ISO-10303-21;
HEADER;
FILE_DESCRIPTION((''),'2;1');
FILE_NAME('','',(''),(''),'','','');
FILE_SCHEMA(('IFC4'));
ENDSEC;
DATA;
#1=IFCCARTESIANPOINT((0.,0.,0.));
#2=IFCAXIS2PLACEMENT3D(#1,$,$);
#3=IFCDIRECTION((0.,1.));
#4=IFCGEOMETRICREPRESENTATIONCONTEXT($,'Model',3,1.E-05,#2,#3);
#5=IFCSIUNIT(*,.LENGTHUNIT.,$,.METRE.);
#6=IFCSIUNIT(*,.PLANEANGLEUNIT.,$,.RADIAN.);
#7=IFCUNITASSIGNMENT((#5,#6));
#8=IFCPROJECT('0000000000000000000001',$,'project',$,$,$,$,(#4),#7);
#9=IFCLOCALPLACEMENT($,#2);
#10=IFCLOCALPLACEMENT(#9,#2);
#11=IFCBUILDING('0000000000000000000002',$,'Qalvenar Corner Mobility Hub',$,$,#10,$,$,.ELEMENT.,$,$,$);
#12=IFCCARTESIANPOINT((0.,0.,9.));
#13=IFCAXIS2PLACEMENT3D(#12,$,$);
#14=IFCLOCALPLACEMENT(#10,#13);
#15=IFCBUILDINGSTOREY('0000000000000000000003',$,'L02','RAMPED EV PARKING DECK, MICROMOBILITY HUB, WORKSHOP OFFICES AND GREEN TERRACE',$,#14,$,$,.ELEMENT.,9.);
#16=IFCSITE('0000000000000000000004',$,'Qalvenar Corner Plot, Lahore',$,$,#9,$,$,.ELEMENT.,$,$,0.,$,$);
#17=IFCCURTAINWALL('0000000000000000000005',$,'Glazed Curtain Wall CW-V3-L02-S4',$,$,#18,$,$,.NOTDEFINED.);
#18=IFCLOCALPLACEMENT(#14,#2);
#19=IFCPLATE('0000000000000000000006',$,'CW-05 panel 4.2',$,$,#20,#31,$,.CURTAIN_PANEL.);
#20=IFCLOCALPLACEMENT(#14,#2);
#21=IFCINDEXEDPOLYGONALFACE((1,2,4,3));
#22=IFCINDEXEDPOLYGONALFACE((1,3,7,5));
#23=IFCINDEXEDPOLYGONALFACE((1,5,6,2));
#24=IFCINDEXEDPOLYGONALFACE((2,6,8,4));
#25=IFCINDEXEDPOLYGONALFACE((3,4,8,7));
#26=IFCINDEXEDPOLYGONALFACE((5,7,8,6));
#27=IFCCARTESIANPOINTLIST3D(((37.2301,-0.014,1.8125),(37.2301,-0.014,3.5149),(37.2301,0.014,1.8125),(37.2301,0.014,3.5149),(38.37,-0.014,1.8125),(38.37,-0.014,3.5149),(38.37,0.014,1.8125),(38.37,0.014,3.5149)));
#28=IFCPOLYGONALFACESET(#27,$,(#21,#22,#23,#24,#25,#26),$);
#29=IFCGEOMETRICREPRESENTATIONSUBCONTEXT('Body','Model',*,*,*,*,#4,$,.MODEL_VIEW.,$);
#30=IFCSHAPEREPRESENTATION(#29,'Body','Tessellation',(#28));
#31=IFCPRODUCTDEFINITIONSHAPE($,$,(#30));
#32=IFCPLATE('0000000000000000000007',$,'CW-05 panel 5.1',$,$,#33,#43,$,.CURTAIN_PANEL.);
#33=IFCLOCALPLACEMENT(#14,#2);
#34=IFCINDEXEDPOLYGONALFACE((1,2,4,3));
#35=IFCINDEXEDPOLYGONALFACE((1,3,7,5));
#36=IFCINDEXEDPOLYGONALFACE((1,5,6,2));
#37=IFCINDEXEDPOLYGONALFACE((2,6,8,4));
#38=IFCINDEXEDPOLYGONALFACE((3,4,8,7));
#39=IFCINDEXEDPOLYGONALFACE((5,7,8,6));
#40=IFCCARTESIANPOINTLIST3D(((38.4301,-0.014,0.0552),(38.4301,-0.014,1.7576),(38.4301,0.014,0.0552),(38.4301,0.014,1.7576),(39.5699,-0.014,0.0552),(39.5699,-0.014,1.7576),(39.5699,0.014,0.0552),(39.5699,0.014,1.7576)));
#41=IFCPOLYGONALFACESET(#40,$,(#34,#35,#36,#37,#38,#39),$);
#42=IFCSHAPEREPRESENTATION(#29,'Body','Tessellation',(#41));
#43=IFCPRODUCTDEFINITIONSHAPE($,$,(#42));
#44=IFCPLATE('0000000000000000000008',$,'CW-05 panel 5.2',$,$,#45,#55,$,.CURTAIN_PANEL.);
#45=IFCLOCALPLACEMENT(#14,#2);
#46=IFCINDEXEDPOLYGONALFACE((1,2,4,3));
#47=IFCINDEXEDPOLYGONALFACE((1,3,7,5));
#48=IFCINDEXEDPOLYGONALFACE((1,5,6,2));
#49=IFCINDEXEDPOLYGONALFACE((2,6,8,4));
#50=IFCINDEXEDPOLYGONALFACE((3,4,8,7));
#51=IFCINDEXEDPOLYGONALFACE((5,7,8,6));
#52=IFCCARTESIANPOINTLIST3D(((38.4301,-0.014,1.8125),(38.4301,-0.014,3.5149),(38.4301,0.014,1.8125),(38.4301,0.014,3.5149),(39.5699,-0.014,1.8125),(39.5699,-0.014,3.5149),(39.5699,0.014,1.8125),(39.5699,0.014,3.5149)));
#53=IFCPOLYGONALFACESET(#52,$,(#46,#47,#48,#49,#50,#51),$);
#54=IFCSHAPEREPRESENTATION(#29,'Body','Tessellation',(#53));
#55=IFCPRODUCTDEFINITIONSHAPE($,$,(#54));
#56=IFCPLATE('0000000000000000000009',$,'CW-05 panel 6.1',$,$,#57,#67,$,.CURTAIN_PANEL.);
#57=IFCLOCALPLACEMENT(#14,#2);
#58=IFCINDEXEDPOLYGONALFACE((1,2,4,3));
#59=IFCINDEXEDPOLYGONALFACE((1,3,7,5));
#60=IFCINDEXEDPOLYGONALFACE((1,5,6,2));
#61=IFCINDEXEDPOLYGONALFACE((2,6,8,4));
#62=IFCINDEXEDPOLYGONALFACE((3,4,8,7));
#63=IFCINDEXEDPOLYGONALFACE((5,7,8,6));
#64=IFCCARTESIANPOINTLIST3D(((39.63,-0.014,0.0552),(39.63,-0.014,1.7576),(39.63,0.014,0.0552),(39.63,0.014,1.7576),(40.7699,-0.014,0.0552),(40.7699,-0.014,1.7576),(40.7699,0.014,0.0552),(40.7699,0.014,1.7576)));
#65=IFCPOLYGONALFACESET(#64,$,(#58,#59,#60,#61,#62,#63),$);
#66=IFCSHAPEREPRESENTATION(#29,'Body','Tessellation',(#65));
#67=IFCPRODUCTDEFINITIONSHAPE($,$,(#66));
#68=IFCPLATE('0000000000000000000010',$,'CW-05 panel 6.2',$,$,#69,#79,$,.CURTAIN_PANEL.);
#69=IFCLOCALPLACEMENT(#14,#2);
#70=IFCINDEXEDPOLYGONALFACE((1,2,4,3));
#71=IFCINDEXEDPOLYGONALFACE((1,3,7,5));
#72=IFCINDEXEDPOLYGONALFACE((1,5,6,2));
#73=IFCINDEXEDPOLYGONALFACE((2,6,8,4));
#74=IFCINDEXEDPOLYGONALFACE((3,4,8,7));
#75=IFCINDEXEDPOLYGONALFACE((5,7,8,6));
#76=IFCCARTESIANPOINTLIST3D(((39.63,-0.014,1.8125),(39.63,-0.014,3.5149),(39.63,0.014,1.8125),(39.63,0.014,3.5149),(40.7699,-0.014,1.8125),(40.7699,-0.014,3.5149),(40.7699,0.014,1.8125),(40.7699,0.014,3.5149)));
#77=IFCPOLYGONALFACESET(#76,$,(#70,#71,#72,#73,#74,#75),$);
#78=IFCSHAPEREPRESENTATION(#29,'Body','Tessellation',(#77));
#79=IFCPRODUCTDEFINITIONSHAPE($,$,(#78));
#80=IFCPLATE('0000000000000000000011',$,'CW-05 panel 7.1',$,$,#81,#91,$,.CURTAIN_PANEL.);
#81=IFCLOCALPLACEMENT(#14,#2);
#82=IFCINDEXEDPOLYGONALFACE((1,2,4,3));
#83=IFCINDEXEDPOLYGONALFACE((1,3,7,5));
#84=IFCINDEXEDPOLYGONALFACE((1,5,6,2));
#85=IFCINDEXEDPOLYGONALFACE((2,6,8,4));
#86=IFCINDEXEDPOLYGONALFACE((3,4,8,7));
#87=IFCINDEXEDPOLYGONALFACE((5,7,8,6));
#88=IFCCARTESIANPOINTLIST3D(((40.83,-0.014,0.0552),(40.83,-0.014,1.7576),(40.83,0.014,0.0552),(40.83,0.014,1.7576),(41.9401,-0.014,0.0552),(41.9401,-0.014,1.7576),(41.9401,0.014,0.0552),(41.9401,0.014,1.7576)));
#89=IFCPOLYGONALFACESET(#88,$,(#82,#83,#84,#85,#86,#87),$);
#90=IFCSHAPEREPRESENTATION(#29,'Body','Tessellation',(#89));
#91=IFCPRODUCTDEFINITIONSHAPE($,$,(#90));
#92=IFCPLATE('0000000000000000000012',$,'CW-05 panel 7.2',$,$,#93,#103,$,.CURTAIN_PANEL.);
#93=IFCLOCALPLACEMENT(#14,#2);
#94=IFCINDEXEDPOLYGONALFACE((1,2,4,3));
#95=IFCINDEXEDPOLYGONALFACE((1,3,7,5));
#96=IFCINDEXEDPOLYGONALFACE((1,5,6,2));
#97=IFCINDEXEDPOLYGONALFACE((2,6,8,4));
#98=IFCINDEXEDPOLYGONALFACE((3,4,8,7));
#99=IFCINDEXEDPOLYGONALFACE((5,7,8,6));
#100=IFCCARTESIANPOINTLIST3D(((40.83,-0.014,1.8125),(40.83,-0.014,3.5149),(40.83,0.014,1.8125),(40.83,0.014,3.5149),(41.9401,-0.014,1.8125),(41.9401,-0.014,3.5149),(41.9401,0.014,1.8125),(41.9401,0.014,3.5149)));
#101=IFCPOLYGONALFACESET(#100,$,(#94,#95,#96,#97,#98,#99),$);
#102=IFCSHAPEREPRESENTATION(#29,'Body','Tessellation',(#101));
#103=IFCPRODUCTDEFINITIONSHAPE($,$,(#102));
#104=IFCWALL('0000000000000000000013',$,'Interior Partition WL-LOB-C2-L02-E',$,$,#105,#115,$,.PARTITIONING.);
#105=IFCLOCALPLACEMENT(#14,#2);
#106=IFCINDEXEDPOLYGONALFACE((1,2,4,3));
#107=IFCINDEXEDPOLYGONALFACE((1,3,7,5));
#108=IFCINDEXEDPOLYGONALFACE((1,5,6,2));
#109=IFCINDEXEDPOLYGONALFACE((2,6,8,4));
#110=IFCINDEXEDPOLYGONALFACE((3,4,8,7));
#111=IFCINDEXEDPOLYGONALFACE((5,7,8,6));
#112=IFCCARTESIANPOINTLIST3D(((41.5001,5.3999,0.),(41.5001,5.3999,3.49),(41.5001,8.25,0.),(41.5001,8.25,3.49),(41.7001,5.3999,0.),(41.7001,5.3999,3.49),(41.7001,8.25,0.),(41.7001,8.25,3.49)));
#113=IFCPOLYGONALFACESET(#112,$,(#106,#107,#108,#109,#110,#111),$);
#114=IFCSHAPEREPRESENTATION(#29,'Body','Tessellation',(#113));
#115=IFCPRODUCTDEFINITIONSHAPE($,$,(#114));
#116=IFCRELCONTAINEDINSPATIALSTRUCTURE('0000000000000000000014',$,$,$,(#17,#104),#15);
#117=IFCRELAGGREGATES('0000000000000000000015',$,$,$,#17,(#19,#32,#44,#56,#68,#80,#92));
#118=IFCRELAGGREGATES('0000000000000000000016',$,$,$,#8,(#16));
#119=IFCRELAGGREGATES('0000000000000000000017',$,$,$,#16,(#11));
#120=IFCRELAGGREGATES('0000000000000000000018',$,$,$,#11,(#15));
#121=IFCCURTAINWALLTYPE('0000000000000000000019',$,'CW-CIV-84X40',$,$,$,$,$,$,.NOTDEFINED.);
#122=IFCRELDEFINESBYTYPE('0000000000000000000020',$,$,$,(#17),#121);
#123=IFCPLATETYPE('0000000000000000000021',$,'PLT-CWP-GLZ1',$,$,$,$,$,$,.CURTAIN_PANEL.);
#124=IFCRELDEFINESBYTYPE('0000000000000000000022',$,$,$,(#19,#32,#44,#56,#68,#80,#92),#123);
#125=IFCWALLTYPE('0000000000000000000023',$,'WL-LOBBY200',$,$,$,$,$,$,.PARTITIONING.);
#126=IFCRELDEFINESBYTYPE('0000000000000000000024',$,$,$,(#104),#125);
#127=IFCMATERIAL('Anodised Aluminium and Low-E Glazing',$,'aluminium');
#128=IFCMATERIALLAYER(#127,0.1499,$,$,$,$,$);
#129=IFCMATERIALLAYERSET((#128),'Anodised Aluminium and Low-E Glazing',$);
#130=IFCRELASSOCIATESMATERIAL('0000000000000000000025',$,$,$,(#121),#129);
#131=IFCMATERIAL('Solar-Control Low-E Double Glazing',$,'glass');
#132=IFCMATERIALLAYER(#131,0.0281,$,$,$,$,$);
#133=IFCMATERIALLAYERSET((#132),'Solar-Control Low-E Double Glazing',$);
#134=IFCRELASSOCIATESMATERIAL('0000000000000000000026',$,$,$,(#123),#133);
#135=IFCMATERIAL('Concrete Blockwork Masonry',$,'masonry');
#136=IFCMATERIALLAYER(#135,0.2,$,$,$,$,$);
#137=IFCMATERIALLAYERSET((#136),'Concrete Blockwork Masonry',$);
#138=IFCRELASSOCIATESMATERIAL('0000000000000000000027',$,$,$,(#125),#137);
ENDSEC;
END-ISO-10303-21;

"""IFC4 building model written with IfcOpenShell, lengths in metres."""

from ifc_helpers import new_model, si_unit, direction, frame, frame_2d, origin, origin_2d, place, context, subcontext, project, spatial, rectangle, extrude, material, layer, layer_set, type_object, element, aggregate, save


model = new_model("IFC4")

# Units and contexts
model_context = context("Model", 3, precision=1e-05, world=origin(), true_north=direction((0.0, 1.0)))
body_context = subcontext(model_context, "Body", "Model", "MODEL_VIEW")
ifc_project = project(units=[si_unit("LENGTHUNIT", "METRE"), si_unit("PLANEANGLEUNIT", "RADIAN")], contexts=[model_context])

# Site, building, storey
site_placement = place(None, origin())
site = spatial("IfcSite", under=ifc_project, at=site_placement, Name="Qalvenar Corner Plot, Lahore", CompositionType="ELEMENT", RefElevation=0.0)
building_placement = place(site_placement, origin())
building = spatial("IfcBuilding", under=site, at=building_placement, Name="Qalvenar Corner Mobility Hub", CompositionType="ELEMENT")
storey_placement = place(building_placement, frame((0.0, 0.0, 9.0)))
storey = spatial("IfcBuildingStorey", under=building, at=storey_placement, Name="L02", Description="RAMPED EV PARKING DECK, MICROMOBILITY HUB, WORKSHOP OFFICES AND GREEN TERRACE", CompositionType="ELEMENT", Elevation=9.0)

# Curtain wall, plates
ifc_material_1 = material(Name="Anodised Aluminium and Low-E Glazing", Category="aluminium")
ifc_layer_1 = layer(ifc_material_1, 0.1499)
ifc_layer_set_1 = layer_set([ifc_layer_1], Name="Anodised Aluminium and Low-E Glazing")
curtain_wall_type = type_object("IfcCurtainWallType", Name="CW-CIV-84X40", PredefinedType="NOTDEFINED", material=ifc_layer_set_1)
curtain_wall_placement = place(storey_placement, origin())
curtain_wall = element("IfcCurtainWall", 1, at=curtain_wall_placement, inside=storey, type_object=curtain_wall_type, Name="Glazed Curtain Wall CW-V3-L02-S4", PredefinedType="NOTDEFINED")
ifc_material_2 = material(Name="Solar-Control Low-E Double Glazing", Category="glass")
ifc_layer_2 = layer(ifc_material_2, 0.0281)
ifc_layer_set_2 = layer_set([ifc_layer_2], Name="Solar-Control Low-E Double Glazing")
plate_type = type_object("IfcPlateType", Name="PLT-CWP-GLZ1", PredefinedType="CURTAIN_PANEL", material=ifc_layer_set_2)
plate_1_placement = place(storey_placement, frame((37.8, 0.0, 1.8125), z_axis=(0.0, 0.0, 1.0), x_axis=(1.0, 0.0, 0.0)))
plate_1 = element("IfcPlate", 2, at=plate_1_placement, type_object=plate_type, Name="CW-05 panel 4.2", PredefinedType="CURTAIN_PANEL", context=body_context, shape_type="SweptSolid", body=[
    extrude(rectangle(XDim=1.1399, YDim=0.0281, at=origin_2d()), origin(), (0.0, 0.0, 1.0), 1.7024),
])
plate_2_placement = place(storey_placement, frame((39.0, 0.0, 0.0552), z_axis=(0.0, 0.0, 1.0), x_axis=(1.0, 0.0, 0.0)))
plate_2 = element("IfcPlate", 3, at=plate_2_placement, type_object=plate_type, Name="CW-05 panel 5.1", PredefinedType="CURTAIN_PANEL", context=body_context, shape_type="SweptSolid", body=[
    extrude(rectangle(XDim=1.1399, YDim=0.0281, at=origin_2d()), origin(), (0.0, 0.0, 1.0), 1.7024),
])
plate_3_placement = place(storey_placement, frame((39.0, 0.0, 1.8125), z_axis=(0.0, 0.0, 1.0), x_axis=(1.0, 0.0, 0.0)))
plate_3 = element("IfcPlate", 4, at=plate_3_placement, type_object=plate_type, Name="CW-05 panel 5.2", PredefinedType="CURTAIN_PANEL", context=body_context, shape_type="SweptSolid", body=[
    extrude(rectangle(XDim=1.1399, YDim=0.0281, at=origin_2d()), origin(), (0.0, 0.0, 1.0), 1.7024),
])
plate_4_placement = place(storey_placement, frame((40.2, 0.0, 0.0552), z_axis=(0.0, 0.0, 1.0), x_axis=(1.0, 0.0, 0.0)))
plate_4 = element("IfcPlate", 5, at=plate_4_placement, type_object=plate_type, Name="CW-05 panel 6.1", PredefinedType="CURTAIN_PANEL", context=body_context, shape_type="SweptSolid", body=[
    extrude(rectangle(XDim=1.1399, YDim=0.0281, at=origin_2d()), origin(), (0.0, 0.0, 1.0), 1.7024),
])
plate_5_placement = place(storey_placement, frame((40.2, 0.0, 1.8125), z_axis=(0.0, 0.0, 1.0), x_axis=(1.0, 0.0, 0.0)))
plate_5 = element("IfcPlate", 6, at=plate_5_placement, type_object=plate_type, Name="CW-05 panel 6.2", PredefinedType="CURTAIN_PANEL", context=body_context, shape_type="SweptSolid", body=[
    extrude(rectangle(XDim=1.1399, YDim=0.0281, at=origin_2d()), origin(), (0.0, 0.0, 1.0), 1.7024),
])
plate_6_placement = place(storey_placement, frame((41.385, 0.0, 0.0552), z_axis=(0.0, 0.0, 1.0), x_axis=(1.0, 0.0, 0.0)))
plate_6 = element("IfcPlate", 7, at=plate_6_placement, type_object=plate_type, Name="CW-05 panel 7.1", PredefinedType="CURTAIN_PANEL", context=body_context, shape_type="SweptSolid", body=[
    extrude(rectangle(XDim=1.1101, YDim=0.0281, at=origin_2d()), origin(), (0.0, 0.0, 1.0), 1.7024),
])
plate_7_placement = place(storey_placement, frame((41.385, 0.0, 1.8125), z_axis=(0.0, 0.0, 1.0), x_axis=(1.0, 0.0, 0.0)))
plate_7 = element("IfcPlate", 8, at=plate_7_placement, type_object=plate_type, Name="CW-05 panel 7.2", PredefinedType="CURTAIN_PANEL", context=body_context, shape_type="SweptSolid", body=[
    extrude(rectangle(XDim=1.1101, YDim=0.0281, at=origin_2d()), origin(), (0.0, 0.0, 1.0), 1.7024),
])
aggregate(curtain_wall, [plate_1, plate_2, plate_3, plate_4, plate_5, plate_6, plate_7])

# Wall
ifc_material_3 = material(Name="Concrete Blockwork Masonry", Category="masonry")
ifc_layer_3 = layer(ifc_material_3, 0.2)
ifc_layer_set_3 = layer_set([ifc_layer_3], Name="Concrete Blockwork Masonry")
wall_type = type_object("IfcWallType", Name="WL-LOBBY200", PredefinedType="PARTITIONING", material=ifc_layer_set_3)
wall_placement = place(storey_placement, frame((41.6001, 5.3999, 0.0), z_axis=(0.0, 0.0, 1.0), x_axis=(0.0, 1.0, 0.0)))
element("IfcWall", 9, at=wall_placement, inside=storey, type_object=wall_type, Name="Interior Partition WL-LOB-C2-L02-E", PredefinedType="PARTITIONING", context=body_context, shape_type="SweptSolid", body=[
    extrude(rectangle(XDim=2.8501, YDim=0.2, at=frame_2d((1.425, 0.0))), origin(), (0.0, 0.0, 1.0), 3.49),
])

save(model, "model.ifc")
